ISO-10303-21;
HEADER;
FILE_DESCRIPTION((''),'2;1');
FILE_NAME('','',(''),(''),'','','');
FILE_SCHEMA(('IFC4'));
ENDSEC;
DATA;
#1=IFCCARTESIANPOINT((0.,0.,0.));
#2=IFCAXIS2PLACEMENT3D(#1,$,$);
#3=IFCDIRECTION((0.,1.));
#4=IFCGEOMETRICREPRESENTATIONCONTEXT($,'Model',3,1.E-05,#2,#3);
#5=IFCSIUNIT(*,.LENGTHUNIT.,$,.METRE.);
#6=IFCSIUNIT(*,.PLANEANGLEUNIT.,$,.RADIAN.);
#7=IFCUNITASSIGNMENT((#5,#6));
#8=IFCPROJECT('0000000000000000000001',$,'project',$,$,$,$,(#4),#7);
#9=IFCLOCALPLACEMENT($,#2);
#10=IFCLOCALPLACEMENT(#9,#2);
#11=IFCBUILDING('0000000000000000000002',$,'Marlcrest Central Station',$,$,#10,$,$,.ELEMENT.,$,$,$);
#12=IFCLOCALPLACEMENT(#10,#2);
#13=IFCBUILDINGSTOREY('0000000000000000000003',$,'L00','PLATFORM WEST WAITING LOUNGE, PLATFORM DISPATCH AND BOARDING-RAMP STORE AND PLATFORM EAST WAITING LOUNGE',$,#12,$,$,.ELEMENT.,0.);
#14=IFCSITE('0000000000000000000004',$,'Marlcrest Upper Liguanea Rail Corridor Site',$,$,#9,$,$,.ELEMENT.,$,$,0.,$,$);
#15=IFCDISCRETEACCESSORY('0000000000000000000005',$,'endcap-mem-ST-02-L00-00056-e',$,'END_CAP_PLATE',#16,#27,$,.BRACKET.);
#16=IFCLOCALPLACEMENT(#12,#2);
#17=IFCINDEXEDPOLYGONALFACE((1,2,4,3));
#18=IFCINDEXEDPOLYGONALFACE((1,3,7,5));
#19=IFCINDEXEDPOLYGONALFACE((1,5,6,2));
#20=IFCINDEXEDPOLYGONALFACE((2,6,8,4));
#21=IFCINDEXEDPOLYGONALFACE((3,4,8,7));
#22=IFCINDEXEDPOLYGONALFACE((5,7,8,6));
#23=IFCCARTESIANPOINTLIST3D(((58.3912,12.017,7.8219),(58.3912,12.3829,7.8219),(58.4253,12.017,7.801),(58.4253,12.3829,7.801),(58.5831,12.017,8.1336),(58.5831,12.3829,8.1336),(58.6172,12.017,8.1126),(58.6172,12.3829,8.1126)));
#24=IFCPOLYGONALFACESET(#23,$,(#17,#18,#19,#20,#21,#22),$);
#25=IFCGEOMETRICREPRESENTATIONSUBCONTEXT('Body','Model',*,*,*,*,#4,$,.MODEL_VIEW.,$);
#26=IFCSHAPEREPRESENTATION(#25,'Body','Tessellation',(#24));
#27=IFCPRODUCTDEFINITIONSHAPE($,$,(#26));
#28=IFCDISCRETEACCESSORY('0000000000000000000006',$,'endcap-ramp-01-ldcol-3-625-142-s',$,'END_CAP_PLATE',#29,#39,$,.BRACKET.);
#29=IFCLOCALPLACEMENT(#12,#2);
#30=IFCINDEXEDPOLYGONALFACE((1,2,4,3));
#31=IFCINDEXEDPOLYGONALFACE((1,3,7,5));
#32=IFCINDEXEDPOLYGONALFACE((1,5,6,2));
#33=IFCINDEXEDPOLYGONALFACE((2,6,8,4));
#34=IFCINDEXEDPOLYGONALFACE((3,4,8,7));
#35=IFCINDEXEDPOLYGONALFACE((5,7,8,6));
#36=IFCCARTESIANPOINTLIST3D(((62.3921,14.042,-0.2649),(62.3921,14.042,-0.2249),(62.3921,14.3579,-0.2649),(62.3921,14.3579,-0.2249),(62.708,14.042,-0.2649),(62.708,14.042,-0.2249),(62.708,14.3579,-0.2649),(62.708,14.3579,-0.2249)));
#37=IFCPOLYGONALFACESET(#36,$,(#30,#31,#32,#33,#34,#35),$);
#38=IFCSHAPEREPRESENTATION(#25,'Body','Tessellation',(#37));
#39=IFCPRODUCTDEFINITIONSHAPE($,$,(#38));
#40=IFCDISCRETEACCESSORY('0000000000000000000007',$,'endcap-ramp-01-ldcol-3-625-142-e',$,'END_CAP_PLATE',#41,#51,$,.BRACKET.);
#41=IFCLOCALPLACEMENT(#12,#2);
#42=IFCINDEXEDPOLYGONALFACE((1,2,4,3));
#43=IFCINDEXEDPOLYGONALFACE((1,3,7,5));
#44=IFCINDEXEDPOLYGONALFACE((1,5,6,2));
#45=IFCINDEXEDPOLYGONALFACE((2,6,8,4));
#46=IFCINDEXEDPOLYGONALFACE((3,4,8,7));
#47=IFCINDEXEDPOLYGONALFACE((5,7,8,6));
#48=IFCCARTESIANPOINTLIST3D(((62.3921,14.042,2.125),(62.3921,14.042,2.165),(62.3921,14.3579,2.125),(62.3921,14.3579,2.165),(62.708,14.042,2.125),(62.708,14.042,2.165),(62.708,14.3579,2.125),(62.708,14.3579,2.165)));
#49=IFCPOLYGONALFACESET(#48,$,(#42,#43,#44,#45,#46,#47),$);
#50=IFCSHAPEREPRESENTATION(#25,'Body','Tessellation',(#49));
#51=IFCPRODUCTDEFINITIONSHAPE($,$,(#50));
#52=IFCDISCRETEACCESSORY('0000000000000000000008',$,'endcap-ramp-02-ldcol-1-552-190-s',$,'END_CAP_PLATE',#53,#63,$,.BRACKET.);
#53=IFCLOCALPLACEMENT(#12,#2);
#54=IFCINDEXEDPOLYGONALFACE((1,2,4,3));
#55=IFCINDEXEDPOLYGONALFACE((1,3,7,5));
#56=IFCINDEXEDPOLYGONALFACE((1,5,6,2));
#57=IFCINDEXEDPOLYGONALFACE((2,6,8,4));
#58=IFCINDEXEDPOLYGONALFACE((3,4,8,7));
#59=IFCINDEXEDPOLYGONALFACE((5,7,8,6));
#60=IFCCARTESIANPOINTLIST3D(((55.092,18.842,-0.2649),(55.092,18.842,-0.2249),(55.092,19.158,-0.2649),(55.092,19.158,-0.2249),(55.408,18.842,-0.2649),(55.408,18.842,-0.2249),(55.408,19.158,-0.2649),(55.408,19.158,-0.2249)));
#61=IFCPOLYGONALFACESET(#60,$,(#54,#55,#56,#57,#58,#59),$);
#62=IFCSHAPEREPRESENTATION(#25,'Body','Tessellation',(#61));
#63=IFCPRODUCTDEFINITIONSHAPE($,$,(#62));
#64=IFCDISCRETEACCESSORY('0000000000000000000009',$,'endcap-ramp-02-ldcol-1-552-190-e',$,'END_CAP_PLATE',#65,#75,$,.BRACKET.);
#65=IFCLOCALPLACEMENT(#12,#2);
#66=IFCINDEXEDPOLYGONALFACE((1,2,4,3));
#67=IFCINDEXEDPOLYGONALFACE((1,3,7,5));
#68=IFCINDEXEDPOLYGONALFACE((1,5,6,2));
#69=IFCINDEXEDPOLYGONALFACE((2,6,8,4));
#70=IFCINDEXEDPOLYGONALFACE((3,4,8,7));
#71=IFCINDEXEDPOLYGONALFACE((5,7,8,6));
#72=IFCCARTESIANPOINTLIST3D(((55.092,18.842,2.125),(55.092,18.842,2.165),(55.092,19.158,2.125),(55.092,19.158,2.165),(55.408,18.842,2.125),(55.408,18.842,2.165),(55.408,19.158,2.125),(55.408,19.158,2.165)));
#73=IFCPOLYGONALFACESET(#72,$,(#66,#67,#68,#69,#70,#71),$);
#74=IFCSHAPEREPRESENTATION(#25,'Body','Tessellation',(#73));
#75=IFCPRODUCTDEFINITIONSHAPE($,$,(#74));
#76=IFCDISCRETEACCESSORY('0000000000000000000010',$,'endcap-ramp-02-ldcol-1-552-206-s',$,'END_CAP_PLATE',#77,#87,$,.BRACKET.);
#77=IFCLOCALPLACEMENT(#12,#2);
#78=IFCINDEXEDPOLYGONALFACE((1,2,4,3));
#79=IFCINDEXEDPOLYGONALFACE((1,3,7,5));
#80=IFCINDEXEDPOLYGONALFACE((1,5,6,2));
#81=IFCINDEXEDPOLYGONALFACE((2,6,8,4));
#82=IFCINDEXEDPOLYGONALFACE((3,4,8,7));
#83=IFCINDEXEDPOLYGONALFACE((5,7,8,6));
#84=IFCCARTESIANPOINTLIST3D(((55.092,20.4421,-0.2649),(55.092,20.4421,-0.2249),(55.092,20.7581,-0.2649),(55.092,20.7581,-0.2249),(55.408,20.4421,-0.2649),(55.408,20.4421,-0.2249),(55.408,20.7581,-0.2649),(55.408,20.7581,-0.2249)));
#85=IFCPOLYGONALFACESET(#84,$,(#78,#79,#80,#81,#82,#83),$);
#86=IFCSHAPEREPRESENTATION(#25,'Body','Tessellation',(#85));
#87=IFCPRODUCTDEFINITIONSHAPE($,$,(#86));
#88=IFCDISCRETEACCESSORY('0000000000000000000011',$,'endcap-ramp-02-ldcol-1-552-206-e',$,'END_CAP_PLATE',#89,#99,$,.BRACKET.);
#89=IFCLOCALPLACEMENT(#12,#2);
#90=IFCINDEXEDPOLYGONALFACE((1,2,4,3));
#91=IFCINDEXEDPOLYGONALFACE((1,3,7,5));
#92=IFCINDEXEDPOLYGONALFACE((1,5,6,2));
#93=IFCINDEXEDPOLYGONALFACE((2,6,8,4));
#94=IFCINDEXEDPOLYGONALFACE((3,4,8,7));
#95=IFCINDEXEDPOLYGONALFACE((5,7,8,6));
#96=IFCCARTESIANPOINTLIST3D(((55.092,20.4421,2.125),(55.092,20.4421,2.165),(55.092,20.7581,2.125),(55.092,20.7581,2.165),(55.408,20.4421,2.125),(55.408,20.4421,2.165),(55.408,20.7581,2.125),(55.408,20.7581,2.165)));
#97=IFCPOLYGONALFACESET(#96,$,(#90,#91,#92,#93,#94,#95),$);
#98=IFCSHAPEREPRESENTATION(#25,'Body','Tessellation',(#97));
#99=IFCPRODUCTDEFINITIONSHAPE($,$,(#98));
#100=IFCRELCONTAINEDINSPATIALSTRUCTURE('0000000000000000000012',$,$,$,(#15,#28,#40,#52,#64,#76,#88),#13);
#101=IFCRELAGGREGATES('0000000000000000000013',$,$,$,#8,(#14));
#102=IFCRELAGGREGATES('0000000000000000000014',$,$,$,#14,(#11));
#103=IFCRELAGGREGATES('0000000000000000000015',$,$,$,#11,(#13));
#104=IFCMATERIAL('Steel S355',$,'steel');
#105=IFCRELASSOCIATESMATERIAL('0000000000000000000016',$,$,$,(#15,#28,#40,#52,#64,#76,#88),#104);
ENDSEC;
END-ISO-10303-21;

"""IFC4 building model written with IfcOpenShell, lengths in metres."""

from ifc_helpers import new_model, si_unit, direction, frame, origin, origin_2d, place, context, subcontext, project, spatial, rectangle, extrude, material, element, save


model = new_model("IFC4")

# Units and contexts
model_context = context("Model", 3, precision=1e-05, world=origin(), true_north=direction((0.0, 1.0)))
body_context = subcontext(model_context, "Body", "Model", "MODEL_VIEW")
ifc_project = project(units=[si_unit("LENGTHUNIT", "METRE"), si_unit("PLANEANGLEUNIT", "RADIAN")], contexts=[model_context])

# Site, building, storey
site_placement = place(None, origin())
site = spatial("IfcSite", under=ifc_project, at=site_placement, Name="Marlcrest Upper Liguanea Rail Corridor Site", CompositionType="ELEMENT", RefElevation=0.0)
building_placement = place(site_placement, origin())
building = spatial("IfcBuilding", under=site, at=building_placement, Name="Marlcrest Central Station", CompositionType="ELEMENT")
storey_placement = place(building_placement, origin())
storey = spatial("IfcBuildingStorey", under=building, at=storey_placement, Name="L00", Description="PLATFORM WEST WAITING LOUNGE, PLATFORM DISPATCH AND BOARDING-RAMP STORE AND PLATFORM EAST WAITING LOUNGE", CompositionType="ELEMENT", Elevation=0.0)

# Shared definitions
ifc_material_1 = material(Name="Steel S355", Category="steel")

# Discrete accessories
for number, where, z_axis, x_axis, name in (
    (1, (58.5212, 12.2, 7.9568), (-0.851592, 0.0, 0.524206), (0.0, -1.0, 0.0), "endcap-mem-ST-02-L00-00056-e"),
):
    element("IfcDiscreteAccessory", number, at=place(storey_placement, frame(where, z_axis=z_axis, x_axis=x_axis)), inside=storey, material=ifc_material_1, Name=name, ObjectType="END_CAP_PLATE", PredefinedType="BRACKET", context=body_context, shape_type="SweptSolid", body=[
        extrude(rectangle(XDim=0.366, YDim=0.366, at=origin_2d()), origin(), (0.0, 0.0, 1.0), 0.04),
    ])
for number, where, z_axis, x_axis, name in (
    (2, (62.55, 14.2, -0.2649), (0.0, 0.0, 1.0), (1.0, 0.0, 0.0), "endcap-ramp-01-ldcol-3-625-142-s"),
    (3, (62.55, 14.2, 2.125), (0.0, 0.0, 1.0), (1.0, 0.0, 0.0), "endcap-ramp-01-ldcol-3-625-142-e"),
    (4, (55.25, 19.0, -0.2649), (0.0, 0.0, 1.0), (1.0, 0.0, 0.0), "endcap-ramp-02-ldcol-1-552-190-s"),
    (5, (55.25, 19.0, 2.125), (0.0, 0.0, 1.0), (1.0, 0.0, 0.0), "endcap-ramp-02-ldcol-1-552-190-e"),
    (6, (55.25, 20.6001, -0.2649), (0.0, 0.0, 1.0), (1.0, 0.0, 0.0), "endcap-ramp-02-ldcol-1-552-206-s"),
    (7, (55.25, 20.6001, 2.125), (0.0, 0.0, 1.0), (1.0, 0.0, 0.0), "endcap-ramp-02-ldcol-1-552-206-e"),
):
    element("IfcDiscreteAccessory", number, at=place(storey_placement, frame(where, z_axis=z_axis, x_axis=x_axis)), inside=storey, material=ifc_material_1, Name=name, ObjectType="END_CAP_PLATE", PredefinedType="BRACKET", context=body_context, shape_type="SweptSolid", body=[
        extrude(rectangle(XDim=0.3159, YDim=0.3159, at=origin_2d()), origin(), (0.0, 0.0, 1.0), 0.04),
    ])

save(model, "model.ifc")
